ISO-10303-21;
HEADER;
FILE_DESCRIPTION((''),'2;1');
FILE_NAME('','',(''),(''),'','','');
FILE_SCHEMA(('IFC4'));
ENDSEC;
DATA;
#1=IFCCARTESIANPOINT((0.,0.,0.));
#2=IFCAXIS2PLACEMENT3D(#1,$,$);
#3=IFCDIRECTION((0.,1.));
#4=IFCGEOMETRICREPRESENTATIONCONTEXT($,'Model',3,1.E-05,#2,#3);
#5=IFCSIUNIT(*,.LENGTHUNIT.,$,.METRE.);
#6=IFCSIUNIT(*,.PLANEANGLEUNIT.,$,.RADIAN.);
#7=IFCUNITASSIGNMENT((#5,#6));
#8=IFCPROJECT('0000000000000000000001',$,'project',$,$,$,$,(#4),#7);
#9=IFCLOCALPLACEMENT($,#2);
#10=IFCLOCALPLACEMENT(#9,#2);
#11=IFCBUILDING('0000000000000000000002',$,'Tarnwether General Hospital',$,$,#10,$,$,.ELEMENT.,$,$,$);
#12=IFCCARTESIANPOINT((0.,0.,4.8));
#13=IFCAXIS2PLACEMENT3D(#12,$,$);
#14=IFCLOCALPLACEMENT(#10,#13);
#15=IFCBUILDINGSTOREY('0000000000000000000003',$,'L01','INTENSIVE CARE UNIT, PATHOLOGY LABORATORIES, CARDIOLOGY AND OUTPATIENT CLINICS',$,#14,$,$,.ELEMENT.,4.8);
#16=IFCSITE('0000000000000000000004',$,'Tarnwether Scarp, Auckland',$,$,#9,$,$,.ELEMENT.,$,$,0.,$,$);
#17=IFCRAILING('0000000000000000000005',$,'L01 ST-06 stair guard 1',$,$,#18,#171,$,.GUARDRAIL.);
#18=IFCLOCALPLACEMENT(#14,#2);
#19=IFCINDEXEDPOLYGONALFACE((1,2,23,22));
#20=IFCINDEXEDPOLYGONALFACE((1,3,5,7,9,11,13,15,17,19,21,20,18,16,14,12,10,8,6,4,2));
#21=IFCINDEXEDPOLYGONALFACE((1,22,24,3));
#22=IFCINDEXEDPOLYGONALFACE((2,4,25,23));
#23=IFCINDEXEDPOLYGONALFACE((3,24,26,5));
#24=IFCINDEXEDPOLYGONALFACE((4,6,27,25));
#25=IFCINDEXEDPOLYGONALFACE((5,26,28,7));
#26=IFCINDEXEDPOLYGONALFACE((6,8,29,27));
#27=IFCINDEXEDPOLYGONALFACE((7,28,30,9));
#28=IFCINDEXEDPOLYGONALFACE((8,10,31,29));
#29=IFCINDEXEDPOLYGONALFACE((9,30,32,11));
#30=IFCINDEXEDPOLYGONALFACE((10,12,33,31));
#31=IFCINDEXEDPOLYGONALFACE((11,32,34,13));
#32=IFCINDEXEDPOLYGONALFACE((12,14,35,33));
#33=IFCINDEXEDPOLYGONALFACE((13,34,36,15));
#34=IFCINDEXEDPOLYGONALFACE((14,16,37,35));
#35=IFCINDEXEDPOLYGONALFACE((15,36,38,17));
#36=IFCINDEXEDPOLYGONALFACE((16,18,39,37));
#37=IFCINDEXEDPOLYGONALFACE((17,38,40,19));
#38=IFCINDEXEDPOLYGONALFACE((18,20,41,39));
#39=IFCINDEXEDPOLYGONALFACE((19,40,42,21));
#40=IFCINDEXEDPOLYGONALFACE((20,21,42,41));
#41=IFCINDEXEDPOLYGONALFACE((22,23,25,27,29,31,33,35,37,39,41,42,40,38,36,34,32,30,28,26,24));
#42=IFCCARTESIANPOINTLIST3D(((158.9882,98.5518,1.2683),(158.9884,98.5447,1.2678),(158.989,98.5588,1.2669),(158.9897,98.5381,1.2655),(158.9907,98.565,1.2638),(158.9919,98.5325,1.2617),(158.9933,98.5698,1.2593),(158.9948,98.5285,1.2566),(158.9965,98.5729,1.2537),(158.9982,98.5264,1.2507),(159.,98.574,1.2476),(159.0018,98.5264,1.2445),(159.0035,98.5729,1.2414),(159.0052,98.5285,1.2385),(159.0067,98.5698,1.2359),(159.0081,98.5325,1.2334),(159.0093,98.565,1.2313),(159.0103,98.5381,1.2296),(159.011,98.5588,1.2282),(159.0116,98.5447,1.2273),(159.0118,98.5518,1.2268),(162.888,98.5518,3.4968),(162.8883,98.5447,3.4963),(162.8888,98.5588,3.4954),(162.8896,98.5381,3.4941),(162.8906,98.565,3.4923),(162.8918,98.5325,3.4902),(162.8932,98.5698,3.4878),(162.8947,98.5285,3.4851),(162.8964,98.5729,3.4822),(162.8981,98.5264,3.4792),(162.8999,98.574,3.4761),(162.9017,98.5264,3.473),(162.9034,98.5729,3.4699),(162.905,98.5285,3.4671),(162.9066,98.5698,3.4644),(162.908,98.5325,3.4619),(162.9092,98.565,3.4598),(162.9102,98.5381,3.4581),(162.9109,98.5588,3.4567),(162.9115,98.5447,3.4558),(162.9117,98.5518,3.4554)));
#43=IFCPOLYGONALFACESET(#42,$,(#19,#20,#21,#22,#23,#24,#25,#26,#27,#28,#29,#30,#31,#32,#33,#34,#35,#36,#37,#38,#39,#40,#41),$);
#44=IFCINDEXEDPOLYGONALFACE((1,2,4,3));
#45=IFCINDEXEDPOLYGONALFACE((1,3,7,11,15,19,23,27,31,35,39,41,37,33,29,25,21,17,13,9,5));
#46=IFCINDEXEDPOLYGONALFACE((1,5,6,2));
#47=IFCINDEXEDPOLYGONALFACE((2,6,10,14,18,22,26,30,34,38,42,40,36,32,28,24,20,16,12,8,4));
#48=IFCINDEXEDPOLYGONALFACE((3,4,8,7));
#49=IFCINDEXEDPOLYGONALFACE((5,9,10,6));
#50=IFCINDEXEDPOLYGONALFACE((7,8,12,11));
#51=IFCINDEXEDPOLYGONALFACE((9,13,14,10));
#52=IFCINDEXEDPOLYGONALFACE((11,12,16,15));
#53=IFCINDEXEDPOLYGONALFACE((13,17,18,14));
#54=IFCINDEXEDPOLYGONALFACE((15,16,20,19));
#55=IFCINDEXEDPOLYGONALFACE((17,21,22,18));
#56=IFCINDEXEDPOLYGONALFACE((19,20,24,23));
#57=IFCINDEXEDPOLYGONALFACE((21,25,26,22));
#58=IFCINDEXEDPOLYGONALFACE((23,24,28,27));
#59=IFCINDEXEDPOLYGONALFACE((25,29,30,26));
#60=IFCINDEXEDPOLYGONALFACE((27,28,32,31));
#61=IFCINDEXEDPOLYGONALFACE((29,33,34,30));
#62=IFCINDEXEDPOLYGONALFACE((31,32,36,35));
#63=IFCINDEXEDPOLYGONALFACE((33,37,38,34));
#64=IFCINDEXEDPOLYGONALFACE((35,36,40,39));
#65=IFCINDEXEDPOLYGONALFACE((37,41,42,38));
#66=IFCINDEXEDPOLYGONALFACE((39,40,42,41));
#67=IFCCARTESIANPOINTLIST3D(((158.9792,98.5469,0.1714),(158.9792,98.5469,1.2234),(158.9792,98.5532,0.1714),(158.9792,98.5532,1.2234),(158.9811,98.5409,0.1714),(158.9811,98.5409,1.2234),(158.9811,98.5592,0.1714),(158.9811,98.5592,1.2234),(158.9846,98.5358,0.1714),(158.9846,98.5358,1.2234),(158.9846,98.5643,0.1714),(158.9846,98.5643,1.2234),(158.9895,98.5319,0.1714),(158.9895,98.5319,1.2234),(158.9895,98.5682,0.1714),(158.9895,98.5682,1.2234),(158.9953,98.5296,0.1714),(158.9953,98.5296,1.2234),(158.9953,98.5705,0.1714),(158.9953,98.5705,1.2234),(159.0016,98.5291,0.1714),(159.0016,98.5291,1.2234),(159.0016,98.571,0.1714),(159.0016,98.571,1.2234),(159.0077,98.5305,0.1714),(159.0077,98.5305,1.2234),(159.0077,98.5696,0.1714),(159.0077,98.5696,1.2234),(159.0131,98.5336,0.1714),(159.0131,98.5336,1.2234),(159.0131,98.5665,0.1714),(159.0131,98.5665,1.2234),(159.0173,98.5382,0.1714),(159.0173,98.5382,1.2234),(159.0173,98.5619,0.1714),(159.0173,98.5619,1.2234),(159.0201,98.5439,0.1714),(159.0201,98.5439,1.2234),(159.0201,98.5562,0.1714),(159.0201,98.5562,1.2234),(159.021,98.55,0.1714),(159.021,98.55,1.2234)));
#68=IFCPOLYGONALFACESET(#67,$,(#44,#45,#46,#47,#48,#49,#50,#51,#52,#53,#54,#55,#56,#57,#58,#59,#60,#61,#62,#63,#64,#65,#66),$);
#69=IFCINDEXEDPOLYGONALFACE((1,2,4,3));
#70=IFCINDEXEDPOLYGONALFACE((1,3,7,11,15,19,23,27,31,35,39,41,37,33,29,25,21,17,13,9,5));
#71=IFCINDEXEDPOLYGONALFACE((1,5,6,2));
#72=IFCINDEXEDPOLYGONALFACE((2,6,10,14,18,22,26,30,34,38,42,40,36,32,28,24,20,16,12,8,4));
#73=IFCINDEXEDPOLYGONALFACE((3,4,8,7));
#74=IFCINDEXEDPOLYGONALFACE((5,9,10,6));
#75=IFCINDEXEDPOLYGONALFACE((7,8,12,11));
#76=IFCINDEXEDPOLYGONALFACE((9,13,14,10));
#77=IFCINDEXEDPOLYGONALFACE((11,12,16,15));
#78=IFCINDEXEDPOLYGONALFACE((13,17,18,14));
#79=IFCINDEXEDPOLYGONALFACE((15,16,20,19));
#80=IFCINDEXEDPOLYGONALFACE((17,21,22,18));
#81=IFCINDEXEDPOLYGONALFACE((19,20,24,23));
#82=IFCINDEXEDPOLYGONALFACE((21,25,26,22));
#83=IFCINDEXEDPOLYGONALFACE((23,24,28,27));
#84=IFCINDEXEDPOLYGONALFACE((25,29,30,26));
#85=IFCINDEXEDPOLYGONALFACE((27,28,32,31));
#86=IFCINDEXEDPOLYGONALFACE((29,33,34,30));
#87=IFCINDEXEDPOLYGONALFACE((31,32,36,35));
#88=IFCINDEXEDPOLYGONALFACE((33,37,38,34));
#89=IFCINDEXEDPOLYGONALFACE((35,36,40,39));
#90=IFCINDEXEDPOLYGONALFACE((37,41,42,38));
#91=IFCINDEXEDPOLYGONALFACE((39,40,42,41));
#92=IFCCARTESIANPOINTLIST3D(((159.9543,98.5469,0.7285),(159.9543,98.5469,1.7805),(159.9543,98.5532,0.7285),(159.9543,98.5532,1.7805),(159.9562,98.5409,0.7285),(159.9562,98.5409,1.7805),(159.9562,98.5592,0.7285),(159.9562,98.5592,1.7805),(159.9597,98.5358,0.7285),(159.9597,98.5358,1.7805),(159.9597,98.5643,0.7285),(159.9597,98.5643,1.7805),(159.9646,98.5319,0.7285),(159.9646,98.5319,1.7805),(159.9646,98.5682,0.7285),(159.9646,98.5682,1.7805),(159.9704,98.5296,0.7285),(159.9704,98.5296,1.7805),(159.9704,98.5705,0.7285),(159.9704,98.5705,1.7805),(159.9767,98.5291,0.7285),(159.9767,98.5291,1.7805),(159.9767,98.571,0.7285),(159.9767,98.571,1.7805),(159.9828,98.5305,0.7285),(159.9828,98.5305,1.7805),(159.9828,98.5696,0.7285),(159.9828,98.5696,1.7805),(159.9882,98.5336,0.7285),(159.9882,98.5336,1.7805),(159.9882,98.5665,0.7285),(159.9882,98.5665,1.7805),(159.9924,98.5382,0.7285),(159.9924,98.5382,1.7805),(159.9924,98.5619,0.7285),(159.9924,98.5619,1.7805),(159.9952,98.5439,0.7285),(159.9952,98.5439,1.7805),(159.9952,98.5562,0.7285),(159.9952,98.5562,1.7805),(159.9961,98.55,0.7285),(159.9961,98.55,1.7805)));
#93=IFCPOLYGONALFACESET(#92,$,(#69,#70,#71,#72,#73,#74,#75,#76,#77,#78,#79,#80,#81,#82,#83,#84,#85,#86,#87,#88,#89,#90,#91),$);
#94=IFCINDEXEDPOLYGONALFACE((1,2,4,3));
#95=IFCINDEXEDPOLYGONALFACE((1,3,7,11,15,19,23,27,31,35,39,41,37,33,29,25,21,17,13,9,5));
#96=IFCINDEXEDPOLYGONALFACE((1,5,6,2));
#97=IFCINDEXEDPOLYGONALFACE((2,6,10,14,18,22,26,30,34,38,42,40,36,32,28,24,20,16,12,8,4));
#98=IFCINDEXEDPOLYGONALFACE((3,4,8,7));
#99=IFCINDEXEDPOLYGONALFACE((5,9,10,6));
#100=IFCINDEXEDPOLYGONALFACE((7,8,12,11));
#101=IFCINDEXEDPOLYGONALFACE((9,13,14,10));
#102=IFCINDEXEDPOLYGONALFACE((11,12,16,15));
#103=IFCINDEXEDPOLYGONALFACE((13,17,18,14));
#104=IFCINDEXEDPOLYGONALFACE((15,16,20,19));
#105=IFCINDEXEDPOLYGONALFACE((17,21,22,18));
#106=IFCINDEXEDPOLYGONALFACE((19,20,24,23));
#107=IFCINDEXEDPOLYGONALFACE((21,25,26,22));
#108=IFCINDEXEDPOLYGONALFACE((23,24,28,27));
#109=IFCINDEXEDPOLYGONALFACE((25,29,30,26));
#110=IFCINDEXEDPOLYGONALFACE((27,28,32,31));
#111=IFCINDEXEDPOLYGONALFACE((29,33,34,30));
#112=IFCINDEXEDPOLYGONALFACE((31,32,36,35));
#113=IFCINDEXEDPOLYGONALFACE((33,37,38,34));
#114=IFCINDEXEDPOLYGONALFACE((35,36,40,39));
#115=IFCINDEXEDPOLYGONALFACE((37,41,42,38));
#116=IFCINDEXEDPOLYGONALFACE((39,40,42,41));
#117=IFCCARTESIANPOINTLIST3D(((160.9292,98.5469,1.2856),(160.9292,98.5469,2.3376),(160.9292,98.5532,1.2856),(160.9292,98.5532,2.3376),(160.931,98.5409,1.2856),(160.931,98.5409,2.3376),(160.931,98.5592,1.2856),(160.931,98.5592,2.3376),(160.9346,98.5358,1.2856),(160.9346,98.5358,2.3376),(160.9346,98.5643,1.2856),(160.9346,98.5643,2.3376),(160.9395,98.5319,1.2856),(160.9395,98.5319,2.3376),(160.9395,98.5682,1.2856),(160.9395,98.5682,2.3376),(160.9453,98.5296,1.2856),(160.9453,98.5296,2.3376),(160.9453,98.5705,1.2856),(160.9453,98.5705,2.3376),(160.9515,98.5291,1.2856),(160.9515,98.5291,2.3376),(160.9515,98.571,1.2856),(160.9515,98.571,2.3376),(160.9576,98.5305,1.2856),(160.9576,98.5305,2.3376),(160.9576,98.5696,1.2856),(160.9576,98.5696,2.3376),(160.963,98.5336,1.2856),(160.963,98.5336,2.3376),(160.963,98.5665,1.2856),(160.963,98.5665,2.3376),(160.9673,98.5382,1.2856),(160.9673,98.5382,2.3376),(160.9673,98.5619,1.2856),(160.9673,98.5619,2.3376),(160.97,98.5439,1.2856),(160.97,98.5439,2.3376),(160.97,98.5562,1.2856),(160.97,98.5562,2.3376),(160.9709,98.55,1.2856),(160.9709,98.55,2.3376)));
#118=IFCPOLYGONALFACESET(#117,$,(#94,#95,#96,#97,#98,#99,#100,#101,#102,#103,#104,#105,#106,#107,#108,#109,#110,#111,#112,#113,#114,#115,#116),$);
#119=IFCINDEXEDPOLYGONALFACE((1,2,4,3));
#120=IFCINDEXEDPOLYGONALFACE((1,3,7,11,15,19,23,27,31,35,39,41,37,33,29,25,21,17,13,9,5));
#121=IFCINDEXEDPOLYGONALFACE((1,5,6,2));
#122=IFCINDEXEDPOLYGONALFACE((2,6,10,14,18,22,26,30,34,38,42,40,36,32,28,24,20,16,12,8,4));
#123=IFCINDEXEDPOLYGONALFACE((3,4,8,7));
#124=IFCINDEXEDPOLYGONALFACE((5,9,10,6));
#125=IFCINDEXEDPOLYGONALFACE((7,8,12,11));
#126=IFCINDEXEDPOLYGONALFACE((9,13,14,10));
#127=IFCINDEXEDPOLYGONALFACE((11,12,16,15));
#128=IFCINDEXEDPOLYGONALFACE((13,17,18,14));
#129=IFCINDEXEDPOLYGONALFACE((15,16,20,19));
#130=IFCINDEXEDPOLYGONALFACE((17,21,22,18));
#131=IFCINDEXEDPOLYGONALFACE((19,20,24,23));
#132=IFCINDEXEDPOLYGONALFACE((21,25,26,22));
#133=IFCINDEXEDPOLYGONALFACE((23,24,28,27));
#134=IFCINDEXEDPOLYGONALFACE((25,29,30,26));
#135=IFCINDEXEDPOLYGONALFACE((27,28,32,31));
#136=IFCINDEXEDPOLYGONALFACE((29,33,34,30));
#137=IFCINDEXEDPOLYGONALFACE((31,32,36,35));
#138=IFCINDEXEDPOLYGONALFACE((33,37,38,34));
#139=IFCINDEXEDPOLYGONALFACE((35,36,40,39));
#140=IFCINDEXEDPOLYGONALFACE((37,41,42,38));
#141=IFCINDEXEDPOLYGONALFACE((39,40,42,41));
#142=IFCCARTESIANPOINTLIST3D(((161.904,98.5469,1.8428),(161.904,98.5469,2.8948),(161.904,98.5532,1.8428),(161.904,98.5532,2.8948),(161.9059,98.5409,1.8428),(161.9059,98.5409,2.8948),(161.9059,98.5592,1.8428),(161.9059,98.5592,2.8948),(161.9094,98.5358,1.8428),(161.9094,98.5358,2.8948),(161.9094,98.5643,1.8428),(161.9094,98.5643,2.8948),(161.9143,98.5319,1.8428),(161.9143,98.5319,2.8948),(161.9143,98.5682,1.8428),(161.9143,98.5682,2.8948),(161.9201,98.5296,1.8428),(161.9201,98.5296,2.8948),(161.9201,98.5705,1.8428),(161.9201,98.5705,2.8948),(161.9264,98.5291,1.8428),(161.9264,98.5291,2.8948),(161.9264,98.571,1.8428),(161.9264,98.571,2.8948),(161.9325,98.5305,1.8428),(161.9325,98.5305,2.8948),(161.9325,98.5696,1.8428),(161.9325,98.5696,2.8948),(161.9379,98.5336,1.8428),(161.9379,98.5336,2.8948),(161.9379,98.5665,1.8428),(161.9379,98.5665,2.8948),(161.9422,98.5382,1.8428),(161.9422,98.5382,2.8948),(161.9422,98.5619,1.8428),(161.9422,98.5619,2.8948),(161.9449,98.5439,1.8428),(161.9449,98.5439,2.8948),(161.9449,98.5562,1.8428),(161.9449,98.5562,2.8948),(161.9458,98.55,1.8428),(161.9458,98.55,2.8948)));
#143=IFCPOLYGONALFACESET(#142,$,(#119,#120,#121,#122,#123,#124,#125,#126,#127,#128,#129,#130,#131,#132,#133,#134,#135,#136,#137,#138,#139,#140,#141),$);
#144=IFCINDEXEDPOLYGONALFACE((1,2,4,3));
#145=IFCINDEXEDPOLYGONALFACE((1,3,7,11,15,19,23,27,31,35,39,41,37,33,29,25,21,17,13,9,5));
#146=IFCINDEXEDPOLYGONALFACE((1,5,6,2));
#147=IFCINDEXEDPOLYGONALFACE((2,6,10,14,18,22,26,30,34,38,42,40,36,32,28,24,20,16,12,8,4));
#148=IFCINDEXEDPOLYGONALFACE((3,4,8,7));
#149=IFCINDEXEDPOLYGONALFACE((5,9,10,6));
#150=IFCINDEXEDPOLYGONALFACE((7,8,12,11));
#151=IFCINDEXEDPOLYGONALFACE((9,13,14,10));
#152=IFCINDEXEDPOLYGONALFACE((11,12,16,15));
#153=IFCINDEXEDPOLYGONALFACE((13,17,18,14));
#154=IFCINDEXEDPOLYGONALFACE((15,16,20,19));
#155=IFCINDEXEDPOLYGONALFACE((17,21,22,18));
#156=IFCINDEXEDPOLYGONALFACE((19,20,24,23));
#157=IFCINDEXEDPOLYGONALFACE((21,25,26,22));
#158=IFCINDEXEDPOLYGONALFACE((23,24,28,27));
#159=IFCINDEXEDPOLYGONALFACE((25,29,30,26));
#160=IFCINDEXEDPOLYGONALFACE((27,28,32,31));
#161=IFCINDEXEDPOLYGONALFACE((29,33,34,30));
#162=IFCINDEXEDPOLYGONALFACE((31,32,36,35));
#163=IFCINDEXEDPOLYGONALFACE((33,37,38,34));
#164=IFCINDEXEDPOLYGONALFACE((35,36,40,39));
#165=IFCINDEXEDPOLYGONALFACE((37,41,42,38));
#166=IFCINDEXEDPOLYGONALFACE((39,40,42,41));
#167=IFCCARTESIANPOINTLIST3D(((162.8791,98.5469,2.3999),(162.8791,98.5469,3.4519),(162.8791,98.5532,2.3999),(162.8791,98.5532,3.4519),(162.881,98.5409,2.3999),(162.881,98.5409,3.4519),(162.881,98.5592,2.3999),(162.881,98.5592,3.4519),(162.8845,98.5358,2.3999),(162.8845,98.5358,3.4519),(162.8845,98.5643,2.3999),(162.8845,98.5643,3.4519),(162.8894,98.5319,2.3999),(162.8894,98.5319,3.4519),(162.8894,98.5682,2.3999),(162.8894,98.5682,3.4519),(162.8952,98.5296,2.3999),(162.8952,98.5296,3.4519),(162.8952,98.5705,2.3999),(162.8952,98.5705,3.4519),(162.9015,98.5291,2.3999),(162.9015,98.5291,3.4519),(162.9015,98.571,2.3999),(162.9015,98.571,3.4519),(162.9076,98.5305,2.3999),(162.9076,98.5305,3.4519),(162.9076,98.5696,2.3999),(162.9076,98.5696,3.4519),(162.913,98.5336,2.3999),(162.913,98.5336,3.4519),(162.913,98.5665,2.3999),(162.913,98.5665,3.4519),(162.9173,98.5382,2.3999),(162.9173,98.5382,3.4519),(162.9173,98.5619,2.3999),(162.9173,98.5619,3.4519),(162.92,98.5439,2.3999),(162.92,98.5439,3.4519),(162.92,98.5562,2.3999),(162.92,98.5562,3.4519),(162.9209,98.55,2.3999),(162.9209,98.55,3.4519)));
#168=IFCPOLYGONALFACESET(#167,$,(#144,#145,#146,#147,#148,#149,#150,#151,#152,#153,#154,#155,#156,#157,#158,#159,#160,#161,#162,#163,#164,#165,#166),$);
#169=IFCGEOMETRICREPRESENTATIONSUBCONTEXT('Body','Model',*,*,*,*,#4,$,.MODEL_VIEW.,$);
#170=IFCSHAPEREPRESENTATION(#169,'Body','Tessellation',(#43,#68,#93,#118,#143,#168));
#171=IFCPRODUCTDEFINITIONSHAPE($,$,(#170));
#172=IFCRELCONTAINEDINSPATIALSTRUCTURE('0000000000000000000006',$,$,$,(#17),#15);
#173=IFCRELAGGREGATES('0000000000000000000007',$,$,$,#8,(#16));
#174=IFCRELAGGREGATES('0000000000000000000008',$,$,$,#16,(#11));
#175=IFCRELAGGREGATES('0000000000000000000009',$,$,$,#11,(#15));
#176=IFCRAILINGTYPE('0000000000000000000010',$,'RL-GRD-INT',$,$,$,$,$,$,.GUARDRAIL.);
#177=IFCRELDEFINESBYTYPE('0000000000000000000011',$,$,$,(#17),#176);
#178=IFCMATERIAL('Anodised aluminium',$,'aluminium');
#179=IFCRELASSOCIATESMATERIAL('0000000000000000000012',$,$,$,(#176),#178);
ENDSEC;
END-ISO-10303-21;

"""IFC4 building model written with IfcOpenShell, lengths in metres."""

from ifc_helpers import new_model, si_unit, direction, frame, origin, origin_2d, place, context, subcontext, project, spatial, circle, extrude, material, type_object, element, save


model = new_model("IFC4")

# Units and contexts
model_context = context("Model", 3, precision=1e-05, world=origin(), true_north=direction((0.0, 1.0)))
body_context = subcontext(model_context, "Body", "Model", "MODEL_VIEW")
ifc_project = project(units=[si_unit("LENGTHUNIT", "METRE"), si_unit("PLANEANGLEUNIT", "RADIAN")], contexts=[model_context])

# Site, building, storey
site_placement = place(None, origin())
site = spatial("IfcSite", under=ifc_project, at=site_placement, Name="Tarnwether Scarp, Auckland", CompositionType="ELEMENT", RefElevation=0.0)
building_placement = place(site_placement, origin())
building = spatial("IfcBuilding", under=site, at=building_placement, Name="Tarnwether General Hospital", CompositionType="ELEMENT")
storey_placement = place(building_placement, frame((0.0, 0.0, 4.8)))
storey = spatial("IfcBuildingStorey", under=building, at=storey_placement, Name="L01", Description="INTENSIVE CARE UNIT, PATHOLOGY LABORATORIES, CARDIOLOGY AND OUTPATIENT CLINICS", CompositionType="ELEMENT", Elevation=4.8)

# Railing
ifc_material_1 = material(Name="Anodised aluminium", Category="aluminium")
railing_type_1 = type_object("IfcRailingType", Name="RL-GRD-INT", PredefinedType="GUARDRAIL", material=ifc_material_1)
railing_1_placement = place(storey_placement, frame((159.0, 98.55, 0.1714)))
element("IfcRailing", 1, at=railing_1_placement, inside=storey, type_object=railing_type_1, Name="L01 ST-06 stair guard 1", PredefinedType="GUARDRAIL", context=body_context, shape_type="SweptSolid", body=[
    extrude(circle(Radius=0.0239, at=origin_2d()), frame((0.0, 0.0, 1.0762), z_axis=(0.868243, 0.0, 0.496139), x_axis=(0.0, 1.0, 0.0)), (0.0, 0.0, 1.0), 4.4917),
    extrude(circle(Radius=0.021, at=origin_2d()), origin(), (0.0, 0.0, 1.0), 1.052),
    extrude(circle(Radius=0.021, at=origin_2d()), frame((0.9751, 0.0, 0.5571)), (0.0, 0.0, 1.0), 1.052),
    extrude(circle(Radius=0.021, at=origin_2d()), frame((1.95, 0.0, 1.1143)), (0.0, 0.0, 1.0), 1.052),
    extrude(circle(Radius=0.021, at=origin_2d()), frame((2.9248, 0.0, 1.6714)), (0.0, 0.0, 1.0), 1.052),
    extrude(circle(Radius=0.021, at=origin_2d()), frame((3.8999, 0.0, 2.2285)), (0.0, 0.0, 1.0), 1.052),
])

save(model, "model.ifc")
